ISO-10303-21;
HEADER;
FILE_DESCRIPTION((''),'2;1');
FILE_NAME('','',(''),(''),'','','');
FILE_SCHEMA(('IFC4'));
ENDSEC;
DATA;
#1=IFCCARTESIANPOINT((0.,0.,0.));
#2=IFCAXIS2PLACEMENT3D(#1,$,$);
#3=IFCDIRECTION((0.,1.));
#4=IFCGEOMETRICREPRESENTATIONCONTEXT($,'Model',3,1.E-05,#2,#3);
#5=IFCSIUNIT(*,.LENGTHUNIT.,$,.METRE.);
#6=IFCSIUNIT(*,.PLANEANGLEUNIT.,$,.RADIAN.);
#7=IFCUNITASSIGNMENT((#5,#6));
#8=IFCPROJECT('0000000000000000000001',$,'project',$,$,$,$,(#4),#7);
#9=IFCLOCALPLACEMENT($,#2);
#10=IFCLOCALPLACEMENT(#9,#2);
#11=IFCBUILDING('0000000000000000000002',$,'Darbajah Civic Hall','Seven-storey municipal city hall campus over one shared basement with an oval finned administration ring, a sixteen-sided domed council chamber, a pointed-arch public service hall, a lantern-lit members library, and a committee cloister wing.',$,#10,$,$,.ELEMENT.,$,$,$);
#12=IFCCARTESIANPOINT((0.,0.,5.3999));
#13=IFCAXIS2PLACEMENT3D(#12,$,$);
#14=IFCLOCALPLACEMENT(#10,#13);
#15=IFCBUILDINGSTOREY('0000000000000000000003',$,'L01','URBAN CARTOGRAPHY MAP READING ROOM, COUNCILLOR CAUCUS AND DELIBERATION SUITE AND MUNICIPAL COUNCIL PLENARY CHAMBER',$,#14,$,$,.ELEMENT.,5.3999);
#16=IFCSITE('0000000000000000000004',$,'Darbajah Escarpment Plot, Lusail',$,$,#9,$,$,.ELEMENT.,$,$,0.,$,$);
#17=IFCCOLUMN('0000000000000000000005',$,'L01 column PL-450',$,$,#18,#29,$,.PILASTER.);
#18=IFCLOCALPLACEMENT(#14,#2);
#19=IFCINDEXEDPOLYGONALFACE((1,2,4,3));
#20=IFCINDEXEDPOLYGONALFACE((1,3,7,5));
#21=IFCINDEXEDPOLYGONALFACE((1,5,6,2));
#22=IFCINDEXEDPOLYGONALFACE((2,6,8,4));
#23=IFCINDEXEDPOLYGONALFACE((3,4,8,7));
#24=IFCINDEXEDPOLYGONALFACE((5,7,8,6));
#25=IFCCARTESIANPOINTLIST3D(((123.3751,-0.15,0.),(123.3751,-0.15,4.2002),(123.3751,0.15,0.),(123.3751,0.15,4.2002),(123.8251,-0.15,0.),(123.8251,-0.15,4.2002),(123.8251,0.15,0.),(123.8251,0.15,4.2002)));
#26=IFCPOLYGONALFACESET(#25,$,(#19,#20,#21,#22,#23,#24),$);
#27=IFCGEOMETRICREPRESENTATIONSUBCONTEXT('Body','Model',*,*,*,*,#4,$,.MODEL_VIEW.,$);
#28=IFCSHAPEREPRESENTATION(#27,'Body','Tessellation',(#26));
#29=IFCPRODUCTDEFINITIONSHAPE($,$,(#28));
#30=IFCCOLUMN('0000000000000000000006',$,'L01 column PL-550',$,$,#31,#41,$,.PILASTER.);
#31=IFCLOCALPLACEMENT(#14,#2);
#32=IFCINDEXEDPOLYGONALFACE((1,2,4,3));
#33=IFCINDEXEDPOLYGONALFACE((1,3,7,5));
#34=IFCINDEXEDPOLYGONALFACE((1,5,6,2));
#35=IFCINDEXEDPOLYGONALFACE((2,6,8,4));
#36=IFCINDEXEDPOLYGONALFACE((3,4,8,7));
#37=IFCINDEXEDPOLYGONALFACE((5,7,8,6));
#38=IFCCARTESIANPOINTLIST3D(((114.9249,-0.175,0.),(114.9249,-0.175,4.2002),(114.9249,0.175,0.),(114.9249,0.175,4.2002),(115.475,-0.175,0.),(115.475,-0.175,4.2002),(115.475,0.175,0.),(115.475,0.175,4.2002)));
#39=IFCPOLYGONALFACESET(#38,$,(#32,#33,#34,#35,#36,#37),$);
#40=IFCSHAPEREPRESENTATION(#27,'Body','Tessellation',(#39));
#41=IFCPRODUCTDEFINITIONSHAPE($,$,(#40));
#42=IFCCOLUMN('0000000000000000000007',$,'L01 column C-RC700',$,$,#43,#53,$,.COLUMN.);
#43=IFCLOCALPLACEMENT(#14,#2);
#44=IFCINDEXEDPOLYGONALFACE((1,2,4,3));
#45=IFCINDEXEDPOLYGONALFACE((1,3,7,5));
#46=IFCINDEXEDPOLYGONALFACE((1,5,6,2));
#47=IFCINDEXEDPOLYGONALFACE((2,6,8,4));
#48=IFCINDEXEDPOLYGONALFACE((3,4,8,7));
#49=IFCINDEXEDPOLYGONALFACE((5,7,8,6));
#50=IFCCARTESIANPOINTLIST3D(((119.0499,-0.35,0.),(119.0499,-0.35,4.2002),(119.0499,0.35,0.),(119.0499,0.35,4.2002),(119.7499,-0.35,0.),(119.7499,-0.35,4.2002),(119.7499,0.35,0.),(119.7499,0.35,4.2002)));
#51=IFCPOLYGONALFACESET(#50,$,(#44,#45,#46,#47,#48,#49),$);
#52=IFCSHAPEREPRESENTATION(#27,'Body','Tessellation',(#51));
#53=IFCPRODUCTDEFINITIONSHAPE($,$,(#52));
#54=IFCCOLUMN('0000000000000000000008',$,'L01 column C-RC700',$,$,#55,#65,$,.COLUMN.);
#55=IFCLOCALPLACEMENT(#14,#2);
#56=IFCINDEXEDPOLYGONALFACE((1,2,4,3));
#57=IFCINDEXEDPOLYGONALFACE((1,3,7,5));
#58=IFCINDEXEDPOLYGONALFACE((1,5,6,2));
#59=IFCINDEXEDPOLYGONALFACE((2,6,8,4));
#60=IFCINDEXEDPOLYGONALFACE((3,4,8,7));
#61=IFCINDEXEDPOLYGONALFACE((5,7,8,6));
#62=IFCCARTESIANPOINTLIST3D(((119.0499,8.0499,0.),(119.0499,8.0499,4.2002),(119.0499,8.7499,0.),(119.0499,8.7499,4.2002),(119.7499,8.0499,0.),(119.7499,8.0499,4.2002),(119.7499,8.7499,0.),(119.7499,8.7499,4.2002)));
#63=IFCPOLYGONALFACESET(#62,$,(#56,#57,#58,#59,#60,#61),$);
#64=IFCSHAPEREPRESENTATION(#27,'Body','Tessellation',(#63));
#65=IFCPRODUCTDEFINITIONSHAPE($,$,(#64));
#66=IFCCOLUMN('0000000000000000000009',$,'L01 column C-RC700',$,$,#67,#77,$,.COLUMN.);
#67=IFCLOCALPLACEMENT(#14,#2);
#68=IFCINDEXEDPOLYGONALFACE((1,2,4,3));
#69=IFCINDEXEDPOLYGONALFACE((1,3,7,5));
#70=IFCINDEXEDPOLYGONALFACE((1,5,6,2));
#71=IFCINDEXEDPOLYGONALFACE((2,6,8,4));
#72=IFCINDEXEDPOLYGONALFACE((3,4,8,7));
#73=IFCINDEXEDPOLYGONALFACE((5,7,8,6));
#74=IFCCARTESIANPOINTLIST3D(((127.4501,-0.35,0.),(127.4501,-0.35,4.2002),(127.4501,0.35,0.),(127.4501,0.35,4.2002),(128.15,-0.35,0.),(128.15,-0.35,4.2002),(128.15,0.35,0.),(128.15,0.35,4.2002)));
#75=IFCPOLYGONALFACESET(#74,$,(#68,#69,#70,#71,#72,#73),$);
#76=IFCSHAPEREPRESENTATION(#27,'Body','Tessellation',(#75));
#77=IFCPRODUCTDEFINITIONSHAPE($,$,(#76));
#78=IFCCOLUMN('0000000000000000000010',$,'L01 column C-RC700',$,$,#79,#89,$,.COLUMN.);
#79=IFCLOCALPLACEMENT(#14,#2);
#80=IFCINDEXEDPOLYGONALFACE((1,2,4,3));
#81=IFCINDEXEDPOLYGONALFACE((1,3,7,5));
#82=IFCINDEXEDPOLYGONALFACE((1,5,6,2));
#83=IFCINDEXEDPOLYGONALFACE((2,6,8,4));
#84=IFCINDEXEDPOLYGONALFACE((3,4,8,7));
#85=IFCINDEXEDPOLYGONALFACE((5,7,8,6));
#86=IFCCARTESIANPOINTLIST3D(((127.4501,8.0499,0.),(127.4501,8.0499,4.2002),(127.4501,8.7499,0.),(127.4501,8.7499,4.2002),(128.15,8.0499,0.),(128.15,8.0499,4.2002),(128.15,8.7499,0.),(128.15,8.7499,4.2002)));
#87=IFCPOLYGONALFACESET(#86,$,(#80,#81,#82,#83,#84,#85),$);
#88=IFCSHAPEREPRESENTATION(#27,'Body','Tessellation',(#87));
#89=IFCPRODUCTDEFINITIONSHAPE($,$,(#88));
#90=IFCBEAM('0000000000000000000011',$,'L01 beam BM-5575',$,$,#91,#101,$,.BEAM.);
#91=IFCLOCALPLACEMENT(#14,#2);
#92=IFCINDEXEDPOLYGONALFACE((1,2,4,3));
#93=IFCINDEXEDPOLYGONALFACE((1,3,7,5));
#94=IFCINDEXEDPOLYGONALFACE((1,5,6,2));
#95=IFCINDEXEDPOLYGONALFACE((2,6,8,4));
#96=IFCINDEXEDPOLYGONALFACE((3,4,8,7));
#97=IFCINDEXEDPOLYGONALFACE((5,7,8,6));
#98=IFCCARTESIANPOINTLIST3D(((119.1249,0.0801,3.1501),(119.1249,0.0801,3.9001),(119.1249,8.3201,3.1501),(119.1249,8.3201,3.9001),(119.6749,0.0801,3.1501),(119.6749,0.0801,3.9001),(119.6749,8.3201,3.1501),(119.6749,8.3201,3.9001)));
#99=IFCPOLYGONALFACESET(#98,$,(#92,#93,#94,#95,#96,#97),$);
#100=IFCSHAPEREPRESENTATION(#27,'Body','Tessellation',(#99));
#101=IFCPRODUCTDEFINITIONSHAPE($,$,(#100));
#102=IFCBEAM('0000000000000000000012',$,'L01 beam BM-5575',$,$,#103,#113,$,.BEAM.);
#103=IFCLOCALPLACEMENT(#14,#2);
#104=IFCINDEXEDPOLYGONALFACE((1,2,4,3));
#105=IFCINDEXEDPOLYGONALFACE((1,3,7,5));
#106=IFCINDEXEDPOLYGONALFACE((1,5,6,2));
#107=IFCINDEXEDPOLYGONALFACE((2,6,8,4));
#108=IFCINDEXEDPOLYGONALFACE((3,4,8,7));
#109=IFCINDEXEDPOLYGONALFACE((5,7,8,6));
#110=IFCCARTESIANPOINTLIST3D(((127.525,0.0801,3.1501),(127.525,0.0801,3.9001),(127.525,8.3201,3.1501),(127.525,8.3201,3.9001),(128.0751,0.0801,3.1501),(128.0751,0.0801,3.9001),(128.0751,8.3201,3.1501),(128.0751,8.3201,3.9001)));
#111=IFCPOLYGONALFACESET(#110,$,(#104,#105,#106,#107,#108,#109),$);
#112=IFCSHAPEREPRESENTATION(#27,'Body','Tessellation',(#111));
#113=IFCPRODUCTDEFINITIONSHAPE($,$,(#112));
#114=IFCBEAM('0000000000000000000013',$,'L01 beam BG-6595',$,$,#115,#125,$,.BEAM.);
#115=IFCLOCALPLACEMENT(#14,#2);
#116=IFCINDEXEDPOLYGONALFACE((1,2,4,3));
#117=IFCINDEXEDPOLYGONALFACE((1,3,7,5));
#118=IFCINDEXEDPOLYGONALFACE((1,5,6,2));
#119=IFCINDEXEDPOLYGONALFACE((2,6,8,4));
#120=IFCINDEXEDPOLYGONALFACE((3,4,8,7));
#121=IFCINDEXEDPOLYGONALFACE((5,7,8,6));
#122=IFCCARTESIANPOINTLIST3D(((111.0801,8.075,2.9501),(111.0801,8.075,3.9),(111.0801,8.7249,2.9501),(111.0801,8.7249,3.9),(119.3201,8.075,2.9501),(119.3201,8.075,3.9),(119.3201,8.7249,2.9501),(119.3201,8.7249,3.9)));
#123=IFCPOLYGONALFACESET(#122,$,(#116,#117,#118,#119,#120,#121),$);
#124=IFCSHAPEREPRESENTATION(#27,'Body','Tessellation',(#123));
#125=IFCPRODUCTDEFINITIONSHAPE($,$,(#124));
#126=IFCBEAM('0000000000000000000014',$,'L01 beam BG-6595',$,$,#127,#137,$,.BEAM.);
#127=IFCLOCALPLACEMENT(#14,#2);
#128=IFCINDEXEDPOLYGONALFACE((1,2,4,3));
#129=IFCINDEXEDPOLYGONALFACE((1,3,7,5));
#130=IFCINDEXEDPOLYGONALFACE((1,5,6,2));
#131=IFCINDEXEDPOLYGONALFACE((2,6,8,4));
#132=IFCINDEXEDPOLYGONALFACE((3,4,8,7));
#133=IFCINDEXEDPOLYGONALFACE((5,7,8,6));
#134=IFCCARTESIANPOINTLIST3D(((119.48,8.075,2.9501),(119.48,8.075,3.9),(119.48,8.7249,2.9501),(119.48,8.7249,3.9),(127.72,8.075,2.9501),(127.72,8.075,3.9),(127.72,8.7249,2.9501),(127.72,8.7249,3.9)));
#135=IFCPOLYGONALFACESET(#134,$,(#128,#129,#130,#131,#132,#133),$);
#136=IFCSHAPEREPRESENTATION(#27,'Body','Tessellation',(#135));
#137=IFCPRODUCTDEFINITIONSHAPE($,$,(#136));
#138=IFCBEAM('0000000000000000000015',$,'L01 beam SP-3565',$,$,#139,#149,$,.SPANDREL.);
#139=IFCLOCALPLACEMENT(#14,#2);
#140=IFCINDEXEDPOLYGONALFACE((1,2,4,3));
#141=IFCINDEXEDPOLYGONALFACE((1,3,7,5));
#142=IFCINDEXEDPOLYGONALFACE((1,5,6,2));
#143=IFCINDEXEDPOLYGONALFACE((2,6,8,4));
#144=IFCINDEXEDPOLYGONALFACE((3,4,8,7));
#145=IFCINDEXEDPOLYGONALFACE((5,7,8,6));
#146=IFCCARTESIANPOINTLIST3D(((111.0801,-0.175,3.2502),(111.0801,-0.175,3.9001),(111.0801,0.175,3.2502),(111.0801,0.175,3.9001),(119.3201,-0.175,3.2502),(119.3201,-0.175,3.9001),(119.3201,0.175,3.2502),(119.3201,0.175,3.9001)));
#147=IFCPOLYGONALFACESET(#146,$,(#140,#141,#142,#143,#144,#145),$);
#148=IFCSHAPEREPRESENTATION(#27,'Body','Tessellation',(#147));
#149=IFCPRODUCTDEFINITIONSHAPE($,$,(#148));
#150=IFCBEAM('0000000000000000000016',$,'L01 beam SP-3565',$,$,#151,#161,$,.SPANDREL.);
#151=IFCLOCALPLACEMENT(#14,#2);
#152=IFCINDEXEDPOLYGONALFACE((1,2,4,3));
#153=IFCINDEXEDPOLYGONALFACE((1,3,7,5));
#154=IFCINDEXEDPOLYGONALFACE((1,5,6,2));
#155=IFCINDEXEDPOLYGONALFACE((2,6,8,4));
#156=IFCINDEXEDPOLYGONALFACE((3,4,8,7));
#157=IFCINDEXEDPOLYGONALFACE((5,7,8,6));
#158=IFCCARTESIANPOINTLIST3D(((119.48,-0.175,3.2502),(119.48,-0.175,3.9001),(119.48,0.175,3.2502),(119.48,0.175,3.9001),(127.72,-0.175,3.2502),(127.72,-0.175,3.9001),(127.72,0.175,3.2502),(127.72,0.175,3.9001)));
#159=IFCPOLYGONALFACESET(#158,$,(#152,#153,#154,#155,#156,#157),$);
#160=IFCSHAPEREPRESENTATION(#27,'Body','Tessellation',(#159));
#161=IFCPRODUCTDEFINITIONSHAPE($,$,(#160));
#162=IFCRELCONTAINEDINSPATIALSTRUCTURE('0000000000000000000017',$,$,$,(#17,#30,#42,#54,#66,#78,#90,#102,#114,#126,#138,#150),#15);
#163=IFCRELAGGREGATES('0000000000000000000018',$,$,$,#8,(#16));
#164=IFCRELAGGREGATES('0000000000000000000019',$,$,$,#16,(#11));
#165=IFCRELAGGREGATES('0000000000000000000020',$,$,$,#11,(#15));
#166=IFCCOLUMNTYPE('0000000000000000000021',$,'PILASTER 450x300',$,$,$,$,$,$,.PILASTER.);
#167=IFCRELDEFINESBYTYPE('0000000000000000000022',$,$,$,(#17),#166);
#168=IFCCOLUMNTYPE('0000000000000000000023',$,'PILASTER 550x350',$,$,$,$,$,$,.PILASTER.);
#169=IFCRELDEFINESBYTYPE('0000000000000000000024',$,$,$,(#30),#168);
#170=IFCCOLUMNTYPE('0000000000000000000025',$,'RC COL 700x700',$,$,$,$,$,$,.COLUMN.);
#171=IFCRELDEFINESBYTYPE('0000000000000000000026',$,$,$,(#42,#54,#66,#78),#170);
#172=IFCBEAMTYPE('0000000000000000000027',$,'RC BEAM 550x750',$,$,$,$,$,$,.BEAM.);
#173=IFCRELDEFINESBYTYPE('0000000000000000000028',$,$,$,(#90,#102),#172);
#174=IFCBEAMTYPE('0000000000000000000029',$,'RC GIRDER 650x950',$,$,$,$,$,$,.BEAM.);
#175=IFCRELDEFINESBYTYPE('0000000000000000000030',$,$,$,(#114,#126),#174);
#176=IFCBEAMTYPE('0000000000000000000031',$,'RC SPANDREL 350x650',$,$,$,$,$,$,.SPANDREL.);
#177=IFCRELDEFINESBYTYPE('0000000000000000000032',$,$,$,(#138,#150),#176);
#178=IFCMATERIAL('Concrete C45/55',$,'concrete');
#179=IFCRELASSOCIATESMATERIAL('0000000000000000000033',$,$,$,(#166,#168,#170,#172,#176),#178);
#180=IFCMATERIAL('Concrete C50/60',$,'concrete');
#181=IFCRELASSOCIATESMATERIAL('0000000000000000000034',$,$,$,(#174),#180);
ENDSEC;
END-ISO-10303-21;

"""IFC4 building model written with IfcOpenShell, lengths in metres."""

from ifc_helpers import new_model, si_unit, direction, frame, origin, origin_2d, place, context, subcontext, project, spatial, rectangle, extrude, material, material_profile, profile_set, type_object, element, save


model = new_model("IFC4")

# Units and contexts
model_context = context("Model", 3, precision=1e-05, world=origin(), true_north=direction((0.0, 1.0)))
body_context = subcontext(model_context, "Body", "Model", "MODEL_VIEW")
ifc_project = project(units=[si_unit("LENGTHUNIT", "METRE"), si_unit("PLANEANGLEUNIT", "RADIAN")], contexts=[model_context])

# Site, building, storey
site_placement = place(None, origin())
site = spatial("IfcSite", under=ifc_project, at=site_placement, Name="Darbajah Escarpment Plot, Lusail", CompositionType="ELEMENT", RefElevation=0.0)
building_placement = place(site_placement, origin())
building = spatial("IfcBuilding", under=site, at=building_placement, Name="Darbajah Civic Hall", Description="Seven-storey municipal city hall campus over one shared basement with an oval finned administration ring, a sixteen-sided domed council chamber, a pointed-arch public service hall, a lantern-lit members library, and a committee cloister wing.", CompositionType="ELEMENT")
storey_placement = place(building_placement, frame((0.0, 0.0, 5.3999)))
storey = spatial("IfcBuildingStorey", under=building, at=storey_placement, Name="L01", Description="URBAN CARTOGRAPHY MAP READING ROOM, COUNCILLOR CAUCUS AND DELIBERATION SUITE AND MUNICIPAL COUNCIL PLENARY CHAMBER", CompositionType="ELEMENT", Elevation=5.3999)

# Columns
ifc_material_1 = material(Name="Concrete C45/55", Category="concrete")
ifc_material_profile_1 = material_profile(ifc_material_1, rectangle(XDim=0.45, YDim=0.3, at=origin_2d()), Name="PILASTER 450x300")
ifc_profile_set_1 = profile_set([ifc_material_profile_1], Name="Concrete C45/55")
column_type_1 = type_object("IfcColumnType", Name="PILASTER 450x300", PredefinedType="PILASTER", material=ifc_profile_set_1)
column_1_placement = place(storey_placement, frame((123.6001, 0.0, 0.0), z_axis=(0.0, 0.0, 1.0), x_axis=(1.0, 0.0, 0.0)))
element("IfcColumn", 1, at=column_1_placement, inside=storey, type_object=column_type_1, Name="L01 column PL-450", PredefinedType="PILASTER", context=body_context, shape_type="SweptSolid", body=[
    extrude(rectangle(XDim=0.45, YDim=0.3, at=origin_2d()), origin(), (0.0, 0.0, 1.0), 4.2002),
])
ifc_material_profile_2 = material_profile(ifc_material_1, rectangle(XDim=0.55, YDim=0.3501, at=origin_2d()), Name="PILASTER 550x350")
ifc_profile_set_2 = profile_set([ifc_material_profile_2], Name="Concrete C45/55")
column_type_2 = type_object("IfcColumnType", Name="PILASTER 550x350", PredefinedType="PILASTER", material=ifc_profile_set_2)
column_2_placement = place(storey_placement, frame((115.2, 0.0, 0.0), z_axis=(0.0, 0.0, 1.0), x_axis=(1.0, 0.0, 0.0)))
element("IfcColumn", 2, at=column_2_placement, inside=storey, type_object=column_type_2, Name="L01 column PL-550", PredefinedType="PILASTER", context=body_context, shape_type="SweptSolid", body=[
    extrude(rectangle(XDim=0.55, YDim=0.3501, at=origin_2d()), origin(), (0.0, 0.0, 1.0), 4.2002),
])
ifc_material_profile_3 = material_profile(ifc_material_1, rectangle(XDim=0.7, YDim=0.7, at=origin_2d()), Name="RC COL 700x700")
ifc_profile_set_3 = profile_set([ifc_material_profile_3], Name="Concrete C45/55")
column_type_3 = type_object("IfcColumnType", Name="RC COL 700x700", PredefinedType="COLUMN", material=ifc_profile_set_3)
for number, where, z_axis, x_axis, name in (
    (3, (119.3999, 0.0, 0.0), (0.0, 0.0, 1.0), (1.0, 0.0, 0.0), "L01 column C-RC700"),
    (4, (119.3999, 8.3999, 0.0), (0.0, 0.0, 1.0), (1.0, 0.0, 0.0), "L01 column C-RC700"),
    (5, (127.8, 0.0, 0.0), (0.0, 0.0, 1.0), (1.0, 0.0, 0.0), "L01 column C-RC700"),
    (6, (127.8, 8.3999, 0.0), (0.0, 0.0, 1.0), (1.0, 0.0, 0.0), "L01 column C-RC700"),
):
    element("IfcColumn", number, at=place(storey_placement, frame(where, z_axis=z_axis, x_axis=x_axis)), inside=storey, type_object=column_type_3, Name=name, PredefinedType="COLUMN", context=body_context, shape_type="SweptSolid", body=[
        extrude(rectangle(XDim=0.7, YDim=0.7, at=origin_2d()), origin(), (0.0, 0.0, 1.0), 4.2002),
    ])

# Beams
ifc_material_profile_4 = material_profile(ifc_material_1, rectangle(XDim=0.55, YDim=0.75, at=origin_2d()), Name="RC BEAM 550x750")
ifc_profile_set_4 = profile_set([ifc_material_profile_4], Name="Concrete C45/55")
beam_type_1 = type_object("IfcBeamType", Name="RC BEAM 550x750", PredefinedType="BEAM", material=ifc_profile_set_4)
for number, where, z_axis, x_axis, name in (
    (7, (119.3999, 0.0801, 3.5251), (0.0, 1.0, 0.0), (-1.0, 0.0, 0.0), "L01 beam BM-5575"),
    (8, (127.8, 0.0801, 3.5251), (0.0, 1.0, 0.0), (-1.0, 0.0, 0.0), "L01 beam BM-5575"),
):
    element("IfcBeam", number, at=place(storey_placement, frame(where, z_axis=z_axis, x_axis=x_axis)), inside=storey, type_object=beam_type_1, Name=name, PredefinedType="BEAM", context=body_context, shape_type="SweptSolid", body=[
        extrude(rectangle(XDim=0.55, YDim=0.75, at=origin_2d()), origin(), (0.0, 0.0, 1.0), 8.24),
    ])
ifc_material_2 = material(Name="Concrete C50/60", Category="concrete")
ifc_material_profile_5 = material_profile(ifc_material_2, rectangle(XDim=0.6499, YDim=0.95, at=origin_2d()), Name="RC GIRDER 650x950")
ifc_profile_set_5 = profile_set([ifc_material_profile_5], Name="Concrete C50/60")
beam_type_2 = type_object("IfcBeamType", Name="RC GIRDER 650x950", PredefinedType="BEAM", material=ifc_profile_set_5)
for number, where, z_axis, x_axis, name in (
    (9, (111.0801, 8.3999, 3.425), (1.0, 0.0, 0.0), (0.0, 1.0, 0.0), "L01 beam BG-6595"),
    (10, (119.48, 8.3999, 3.425), (1.0, 0.0, 0.0), (0.0, 1.0, 0.0), "L01 beam BG-6595"),
):
    element("IfcBeam", number, at=place(storey_placement, frame(where, z_axis=z_axis, x_axis=x_axis)), inside=storey, type_object=beam_type_2, Name=name, PredefinedType="BEAM", context=body_context, shape_type="SweptSolid", body=[
        extrude(rectangle(XDim=0.6499, YDim=0.95, at=origin_2d()), origin(), (0.0, 0.0, 1.0), 8.24),
    ])
ifc_material_profile_6 = material_profile(ifc_material_1, rectangle(XDim=0.3501, YDim=0.6499, at=origin_2d()), Name="RC SPANDREL 350x650")
ifc_profile_set_6 = profile_set([ifc_material_profile_6], Name="Concrete C45/55")
beam_type_3 = type_object("IfcBeamType", Name="RC SPANDREL 350x650", PredefinedType="SPANDREL", material=ifc_profile_set_6)
for number, where, z_axis, x_axis, name in (
    (11, (111.0801, 0.0, 3.5752), (1.0, 0.0, 0.0), (0.0, 1.0, 0.0), "L01 beam SP-3565"),
    (12, (119.48, 0.0, 3.5752), (1.0, 0.0, 0.0), (0.0, 1.0, 0.0), "L01 beam SP-3565"),
):
    element("IfcBeam", number, at=place(storey_placement, frame(where, z_axis=z_axis, x_axis=x_axis)), inside=storey, type_object=beam_type_3, Name=name, PredefinedType="SPANDREL", context=body_context, shape_type="SweptSolid", body=[
        extrude(rectangle(XDim=0.3501, YDim=0.6499, at=origin_2d()), origin(), (0.0, 0.0, 1.0), 8.24),
    ])

save(model, "model.ifc")
